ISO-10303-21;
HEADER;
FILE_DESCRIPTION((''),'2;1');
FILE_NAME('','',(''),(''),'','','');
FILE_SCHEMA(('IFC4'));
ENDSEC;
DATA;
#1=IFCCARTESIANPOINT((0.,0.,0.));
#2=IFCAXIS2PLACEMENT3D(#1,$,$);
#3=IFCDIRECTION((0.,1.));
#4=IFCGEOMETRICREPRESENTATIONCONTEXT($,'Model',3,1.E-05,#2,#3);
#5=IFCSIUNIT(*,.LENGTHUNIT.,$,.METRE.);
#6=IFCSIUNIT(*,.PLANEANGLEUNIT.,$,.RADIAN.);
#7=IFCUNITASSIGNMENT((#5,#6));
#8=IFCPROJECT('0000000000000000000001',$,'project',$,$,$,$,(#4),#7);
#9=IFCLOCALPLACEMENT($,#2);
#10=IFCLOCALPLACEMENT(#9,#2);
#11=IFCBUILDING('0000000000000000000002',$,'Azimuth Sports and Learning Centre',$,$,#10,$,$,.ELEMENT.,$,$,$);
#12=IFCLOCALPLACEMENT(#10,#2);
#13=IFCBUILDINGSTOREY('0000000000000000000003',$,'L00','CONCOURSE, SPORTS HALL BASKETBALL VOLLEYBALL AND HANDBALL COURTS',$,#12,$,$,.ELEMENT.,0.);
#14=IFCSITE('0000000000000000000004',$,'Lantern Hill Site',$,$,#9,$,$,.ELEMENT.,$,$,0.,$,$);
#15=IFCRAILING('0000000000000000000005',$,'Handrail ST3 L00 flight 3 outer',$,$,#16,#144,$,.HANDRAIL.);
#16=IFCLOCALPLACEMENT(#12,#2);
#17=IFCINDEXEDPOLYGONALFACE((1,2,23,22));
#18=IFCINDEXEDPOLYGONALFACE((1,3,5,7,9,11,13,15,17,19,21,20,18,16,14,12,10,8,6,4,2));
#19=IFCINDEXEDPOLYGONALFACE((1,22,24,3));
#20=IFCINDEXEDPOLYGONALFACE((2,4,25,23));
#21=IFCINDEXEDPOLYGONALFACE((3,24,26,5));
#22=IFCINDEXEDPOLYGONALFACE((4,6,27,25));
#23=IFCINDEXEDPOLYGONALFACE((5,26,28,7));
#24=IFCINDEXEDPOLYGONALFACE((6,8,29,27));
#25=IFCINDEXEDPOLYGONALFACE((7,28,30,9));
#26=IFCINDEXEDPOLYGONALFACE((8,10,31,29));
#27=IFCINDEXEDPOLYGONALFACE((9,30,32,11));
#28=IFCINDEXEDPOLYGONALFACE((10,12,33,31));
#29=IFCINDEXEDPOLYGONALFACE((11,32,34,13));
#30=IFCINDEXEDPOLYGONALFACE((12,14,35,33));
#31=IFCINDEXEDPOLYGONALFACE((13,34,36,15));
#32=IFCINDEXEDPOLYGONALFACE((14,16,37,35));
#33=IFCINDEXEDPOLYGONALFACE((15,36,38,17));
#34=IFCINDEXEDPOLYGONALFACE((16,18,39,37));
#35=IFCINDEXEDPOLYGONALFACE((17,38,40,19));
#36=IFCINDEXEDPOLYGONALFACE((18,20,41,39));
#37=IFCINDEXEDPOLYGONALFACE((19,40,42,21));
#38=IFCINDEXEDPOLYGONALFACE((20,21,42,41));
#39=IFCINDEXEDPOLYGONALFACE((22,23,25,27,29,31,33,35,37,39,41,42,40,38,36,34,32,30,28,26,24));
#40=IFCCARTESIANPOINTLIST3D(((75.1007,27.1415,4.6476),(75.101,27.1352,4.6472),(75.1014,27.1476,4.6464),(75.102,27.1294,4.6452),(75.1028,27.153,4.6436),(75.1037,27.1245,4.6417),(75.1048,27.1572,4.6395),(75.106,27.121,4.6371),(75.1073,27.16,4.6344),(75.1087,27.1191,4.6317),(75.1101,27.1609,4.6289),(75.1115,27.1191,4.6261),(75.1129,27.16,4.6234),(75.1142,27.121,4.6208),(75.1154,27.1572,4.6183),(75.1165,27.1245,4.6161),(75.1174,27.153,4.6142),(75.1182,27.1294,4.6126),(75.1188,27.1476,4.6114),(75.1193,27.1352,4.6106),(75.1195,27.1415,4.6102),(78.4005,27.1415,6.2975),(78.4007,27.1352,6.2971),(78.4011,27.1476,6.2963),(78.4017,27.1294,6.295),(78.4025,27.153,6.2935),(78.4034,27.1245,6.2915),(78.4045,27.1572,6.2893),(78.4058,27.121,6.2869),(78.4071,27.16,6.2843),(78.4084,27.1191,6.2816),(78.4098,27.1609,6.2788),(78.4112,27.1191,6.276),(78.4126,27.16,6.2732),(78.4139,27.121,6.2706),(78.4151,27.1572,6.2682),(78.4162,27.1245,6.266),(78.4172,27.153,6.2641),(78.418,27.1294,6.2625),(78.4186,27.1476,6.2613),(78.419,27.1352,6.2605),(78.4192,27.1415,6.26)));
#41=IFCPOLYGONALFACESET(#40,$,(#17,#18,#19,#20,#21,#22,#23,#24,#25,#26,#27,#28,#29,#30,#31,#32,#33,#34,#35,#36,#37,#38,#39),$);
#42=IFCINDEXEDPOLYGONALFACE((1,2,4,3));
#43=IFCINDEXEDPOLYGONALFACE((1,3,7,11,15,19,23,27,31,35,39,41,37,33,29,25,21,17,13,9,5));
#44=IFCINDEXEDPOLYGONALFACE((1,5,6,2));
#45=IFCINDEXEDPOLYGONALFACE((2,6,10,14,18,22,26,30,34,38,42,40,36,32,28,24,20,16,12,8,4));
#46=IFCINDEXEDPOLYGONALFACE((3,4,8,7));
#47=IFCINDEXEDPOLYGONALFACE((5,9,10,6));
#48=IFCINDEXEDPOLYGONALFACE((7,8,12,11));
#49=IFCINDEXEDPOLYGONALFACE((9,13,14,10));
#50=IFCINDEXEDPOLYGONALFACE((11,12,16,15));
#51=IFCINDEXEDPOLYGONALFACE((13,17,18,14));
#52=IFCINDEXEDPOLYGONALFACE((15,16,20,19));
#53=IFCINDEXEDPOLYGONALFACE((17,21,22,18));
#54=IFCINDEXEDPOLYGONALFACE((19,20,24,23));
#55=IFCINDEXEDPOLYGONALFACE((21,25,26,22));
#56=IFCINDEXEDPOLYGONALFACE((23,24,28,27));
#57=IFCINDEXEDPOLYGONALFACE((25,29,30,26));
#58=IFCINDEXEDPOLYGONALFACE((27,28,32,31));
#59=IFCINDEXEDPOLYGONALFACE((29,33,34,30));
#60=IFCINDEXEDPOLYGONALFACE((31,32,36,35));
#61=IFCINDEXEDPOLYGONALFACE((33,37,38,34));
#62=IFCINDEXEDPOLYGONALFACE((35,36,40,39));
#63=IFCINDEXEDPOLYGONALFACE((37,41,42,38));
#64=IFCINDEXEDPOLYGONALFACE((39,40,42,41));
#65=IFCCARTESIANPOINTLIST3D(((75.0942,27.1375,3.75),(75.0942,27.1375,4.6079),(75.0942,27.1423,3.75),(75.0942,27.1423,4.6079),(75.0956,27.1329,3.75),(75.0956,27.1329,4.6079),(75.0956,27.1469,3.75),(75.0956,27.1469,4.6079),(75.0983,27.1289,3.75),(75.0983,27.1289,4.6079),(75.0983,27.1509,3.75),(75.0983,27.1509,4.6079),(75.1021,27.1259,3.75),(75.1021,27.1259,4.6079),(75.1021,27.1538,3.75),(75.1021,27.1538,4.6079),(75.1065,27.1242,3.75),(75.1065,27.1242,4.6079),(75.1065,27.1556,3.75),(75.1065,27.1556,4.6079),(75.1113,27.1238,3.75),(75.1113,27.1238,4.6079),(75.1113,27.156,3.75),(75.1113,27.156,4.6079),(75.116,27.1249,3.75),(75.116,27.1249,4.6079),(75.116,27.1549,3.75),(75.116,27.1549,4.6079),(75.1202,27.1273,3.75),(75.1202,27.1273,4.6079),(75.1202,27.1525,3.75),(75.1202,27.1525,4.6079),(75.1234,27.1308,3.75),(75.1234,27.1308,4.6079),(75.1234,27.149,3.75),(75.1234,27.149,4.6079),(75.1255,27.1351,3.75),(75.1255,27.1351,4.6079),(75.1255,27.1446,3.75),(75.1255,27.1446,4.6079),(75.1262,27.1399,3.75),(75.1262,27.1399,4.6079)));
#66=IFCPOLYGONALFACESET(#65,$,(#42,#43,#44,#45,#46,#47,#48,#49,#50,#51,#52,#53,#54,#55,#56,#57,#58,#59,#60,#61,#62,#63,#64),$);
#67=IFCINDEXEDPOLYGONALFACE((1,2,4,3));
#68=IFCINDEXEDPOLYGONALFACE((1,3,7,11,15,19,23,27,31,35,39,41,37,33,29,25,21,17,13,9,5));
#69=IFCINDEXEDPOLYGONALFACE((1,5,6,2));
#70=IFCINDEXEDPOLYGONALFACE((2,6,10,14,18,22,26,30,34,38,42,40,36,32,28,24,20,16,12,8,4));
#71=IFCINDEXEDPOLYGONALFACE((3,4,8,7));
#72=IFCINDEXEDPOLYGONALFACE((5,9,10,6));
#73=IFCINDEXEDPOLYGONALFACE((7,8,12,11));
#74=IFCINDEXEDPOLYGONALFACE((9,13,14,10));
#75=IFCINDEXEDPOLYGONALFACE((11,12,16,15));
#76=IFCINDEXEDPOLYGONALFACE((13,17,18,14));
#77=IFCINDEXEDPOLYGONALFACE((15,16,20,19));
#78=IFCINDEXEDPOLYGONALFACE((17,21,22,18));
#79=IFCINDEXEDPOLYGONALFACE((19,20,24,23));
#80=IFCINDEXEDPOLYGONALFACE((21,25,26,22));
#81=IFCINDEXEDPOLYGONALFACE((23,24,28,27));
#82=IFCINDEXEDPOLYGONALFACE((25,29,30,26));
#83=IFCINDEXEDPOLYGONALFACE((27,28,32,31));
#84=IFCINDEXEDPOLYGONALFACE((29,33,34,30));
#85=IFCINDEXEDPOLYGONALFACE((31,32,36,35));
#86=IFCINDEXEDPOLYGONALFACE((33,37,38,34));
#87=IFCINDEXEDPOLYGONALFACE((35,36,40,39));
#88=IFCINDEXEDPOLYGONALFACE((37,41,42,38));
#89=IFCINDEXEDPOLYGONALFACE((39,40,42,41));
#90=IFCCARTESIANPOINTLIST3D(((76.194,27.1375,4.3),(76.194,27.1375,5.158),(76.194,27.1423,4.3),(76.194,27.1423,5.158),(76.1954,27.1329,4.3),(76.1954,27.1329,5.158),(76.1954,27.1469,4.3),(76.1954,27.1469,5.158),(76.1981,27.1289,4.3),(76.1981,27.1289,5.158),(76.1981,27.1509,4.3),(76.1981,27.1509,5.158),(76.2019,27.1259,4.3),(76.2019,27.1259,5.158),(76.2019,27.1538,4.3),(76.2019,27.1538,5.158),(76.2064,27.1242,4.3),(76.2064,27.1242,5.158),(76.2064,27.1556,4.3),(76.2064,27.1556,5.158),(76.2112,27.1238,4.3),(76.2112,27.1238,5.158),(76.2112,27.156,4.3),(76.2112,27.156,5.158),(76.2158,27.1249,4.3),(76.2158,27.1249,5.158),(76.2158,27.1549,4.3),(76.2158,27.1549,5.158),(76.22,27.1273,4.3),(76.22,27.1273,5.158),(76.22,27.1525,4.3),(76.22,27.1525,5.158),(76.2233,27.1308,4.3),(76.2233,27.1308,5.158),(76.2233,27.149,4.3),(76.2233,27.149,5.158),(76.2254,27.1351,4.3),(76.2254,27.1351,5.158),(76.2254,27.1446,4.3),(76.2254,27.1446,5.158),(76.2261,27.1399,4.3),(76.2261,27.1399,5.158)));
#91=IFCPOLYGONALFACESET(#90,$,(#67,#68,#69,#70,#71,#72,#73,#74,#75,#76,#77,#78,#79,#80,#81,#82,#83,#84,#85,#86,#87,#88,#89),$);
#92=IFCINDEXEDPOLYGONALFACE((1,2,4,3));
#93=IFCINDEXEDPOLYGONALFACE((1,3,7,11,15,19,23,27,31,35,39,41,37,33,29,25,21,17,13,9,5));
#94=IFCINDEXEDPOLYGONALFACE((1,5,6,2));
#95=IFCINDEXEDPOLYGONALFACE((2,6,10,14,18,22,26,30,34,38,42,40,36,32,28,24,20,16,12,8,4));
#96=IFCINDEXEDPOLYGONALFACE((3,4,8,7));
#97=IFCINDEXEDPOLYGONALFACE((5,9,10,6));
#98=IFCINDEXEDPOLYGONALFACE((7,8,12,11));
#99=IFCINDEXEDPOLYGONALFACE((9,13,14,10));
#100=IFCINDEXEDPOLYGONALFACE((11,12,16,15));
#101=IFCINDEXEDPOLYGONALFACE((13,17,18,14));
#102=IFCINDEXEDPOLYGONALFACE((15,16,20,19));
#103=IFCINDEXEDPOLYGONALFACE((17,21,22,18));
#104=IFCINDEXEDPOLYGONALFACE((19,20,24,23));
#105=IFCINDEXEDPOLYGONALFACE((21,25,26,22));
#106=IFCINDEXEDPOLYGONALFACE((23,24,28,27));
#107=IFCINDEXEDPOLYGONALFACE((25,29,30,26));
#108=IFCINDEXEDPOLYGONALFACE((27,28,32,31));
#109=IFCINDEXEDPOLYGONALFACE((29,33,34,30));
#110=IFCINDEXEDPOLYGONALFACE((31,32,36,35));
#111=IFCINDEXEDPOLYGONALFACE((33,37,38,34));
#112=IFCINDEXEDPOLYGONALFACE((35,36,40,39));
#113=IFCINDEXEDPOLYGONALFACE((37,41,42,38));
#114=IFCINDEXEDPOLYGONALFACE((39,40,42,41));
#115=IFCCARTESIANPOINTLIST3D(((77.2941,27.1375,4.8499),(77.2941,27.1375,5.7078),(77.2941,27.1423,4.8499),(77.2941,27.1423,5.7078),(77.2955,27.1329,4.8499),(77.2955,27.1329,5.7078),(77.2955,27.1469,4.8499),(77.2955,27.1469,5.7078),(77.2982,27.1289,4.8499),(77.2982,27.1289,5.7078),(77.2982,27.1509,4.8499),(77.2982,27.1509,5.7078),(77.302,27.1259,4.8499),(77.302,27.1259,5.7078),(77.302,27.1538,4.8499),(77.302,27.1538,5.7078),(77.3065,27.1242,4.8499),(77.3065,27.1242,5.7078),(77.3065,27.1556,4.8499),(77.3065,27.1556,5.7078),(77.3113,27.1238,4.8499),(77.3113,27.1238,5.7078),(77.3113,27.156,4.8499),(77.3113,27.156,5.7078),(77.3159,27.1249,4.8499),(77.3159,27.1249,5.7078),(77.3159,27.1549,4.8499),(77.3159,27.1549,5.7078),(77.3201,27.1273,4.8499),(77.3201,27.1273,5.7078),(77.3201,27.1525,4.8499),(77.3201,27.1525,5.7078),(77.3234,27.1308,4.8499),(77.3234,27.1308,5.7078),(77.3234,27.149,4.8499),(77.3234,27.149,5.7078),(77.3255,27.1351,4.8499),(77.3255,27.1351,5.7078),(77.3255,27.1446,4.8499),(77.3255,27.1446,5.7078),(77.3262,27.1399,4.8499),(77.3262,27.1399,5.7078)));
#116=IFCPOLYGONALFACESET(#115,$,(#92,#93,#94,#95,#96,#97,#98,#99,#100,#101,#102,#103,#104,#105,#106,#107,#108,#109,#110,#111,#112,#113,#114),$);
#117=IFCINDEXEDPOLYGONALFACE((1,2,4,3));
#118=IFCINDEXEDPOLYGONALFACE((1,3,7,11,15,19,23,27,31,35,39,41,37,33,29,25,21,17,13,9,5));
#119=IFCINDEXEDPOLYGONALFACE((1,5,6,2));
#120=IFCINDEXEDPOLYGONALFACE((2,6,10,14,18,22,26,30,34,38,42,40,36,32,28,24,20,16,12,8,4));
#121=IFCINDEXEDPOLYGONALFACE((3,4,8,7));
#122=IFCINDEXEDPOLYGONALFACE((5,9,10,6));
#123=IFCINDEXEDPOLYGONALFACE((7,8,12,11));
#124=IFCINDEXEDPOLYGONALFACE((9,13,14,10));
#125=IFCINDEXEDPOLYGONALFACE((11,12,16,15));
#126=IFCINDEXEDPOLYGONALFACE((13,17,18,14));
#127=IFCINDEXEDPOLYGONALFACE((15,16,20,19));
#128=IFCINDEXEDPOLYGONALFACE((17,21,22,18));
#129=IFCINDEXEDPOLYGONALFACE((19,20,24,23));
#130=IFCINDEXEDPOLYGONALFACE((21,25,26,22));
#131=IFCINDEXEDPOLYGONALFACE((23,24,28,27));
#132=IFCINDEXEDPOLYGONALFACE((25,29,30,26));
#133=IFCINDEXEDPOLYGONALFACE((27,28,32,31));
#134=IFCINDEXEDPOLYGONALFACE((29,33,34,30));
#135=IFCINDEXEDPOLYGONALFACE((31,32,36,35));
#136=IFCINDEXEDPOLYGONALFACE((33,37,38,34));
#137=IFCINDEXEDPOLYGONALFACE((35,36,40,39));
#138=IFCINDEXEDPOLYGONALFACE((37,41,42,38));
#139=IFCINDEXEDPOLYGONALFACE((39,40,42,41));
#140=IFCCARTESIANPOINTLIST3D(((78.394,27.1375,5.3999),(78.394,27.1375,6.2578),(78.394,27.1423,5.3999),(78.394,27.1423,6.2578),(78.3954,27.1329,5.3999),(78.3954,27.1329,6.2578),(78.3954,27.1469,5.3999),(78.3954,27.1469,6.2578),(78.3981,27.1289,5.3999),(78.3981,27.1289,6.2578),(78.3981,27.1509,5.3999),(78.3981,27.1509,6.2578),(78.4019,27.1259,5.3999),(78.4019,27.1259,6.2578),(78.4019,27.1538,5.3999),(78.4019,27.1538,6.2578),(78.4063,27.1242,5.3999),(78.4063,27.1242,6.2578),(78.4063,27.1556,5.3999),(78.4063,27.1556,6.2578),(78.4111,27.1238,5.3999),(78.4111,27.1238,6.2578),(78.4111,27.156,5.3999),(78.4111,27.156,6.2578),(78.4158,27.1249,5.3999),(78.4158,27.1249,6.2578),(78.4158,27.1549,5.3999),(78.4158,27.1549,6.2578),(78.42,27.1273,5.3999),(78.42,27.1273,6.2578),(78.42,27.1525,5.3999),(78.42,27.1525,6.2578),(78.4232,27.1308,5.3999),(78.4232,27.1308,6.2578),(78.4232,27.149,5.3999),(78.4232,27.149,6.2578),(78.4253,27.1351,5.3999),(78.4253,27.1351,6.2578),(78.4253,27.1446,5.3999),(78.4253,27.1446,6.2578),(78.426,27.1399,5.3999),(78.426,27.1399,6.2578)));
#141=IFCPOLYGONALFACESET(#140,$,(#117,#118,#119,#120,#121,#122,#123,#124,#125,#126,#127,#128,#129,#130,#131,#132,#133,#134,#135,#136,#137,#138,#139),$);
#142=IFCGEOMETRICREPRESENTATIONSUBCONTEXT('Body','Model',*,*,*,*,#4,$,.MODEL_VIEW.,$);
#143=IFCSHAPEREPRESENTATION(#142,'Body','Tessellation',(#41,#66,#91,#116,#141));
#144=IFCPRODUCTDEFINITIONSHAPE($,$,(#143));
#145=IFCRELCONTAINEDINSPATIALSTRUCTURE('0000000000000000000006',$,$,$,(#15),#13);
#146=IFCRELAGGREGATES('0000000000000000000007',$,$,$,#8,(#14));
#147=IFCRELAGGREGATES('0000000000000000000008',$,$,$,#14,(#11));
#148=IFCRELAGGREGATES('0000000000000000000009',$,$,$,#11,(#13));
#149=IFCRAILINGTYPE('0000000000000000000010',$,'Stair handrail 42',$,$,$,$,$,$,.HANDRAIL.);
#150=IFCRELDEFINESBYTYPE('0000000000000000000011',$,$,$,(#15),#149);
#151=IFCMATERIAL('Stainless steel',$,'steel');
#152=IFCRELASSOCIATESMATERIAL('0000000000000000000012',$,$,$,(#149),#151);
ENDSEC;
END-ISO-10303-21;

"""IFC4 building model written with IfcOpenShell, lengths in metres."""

from ifc_helpers import new_model, si_unit, direction, frame, origin, origin_2d, place, context, subcontext, project, spatial, circle, extrude, material, type_object, element, save


model = new_model("IFC4")

# Units and contexts
model_context = context("Model", 3, precision=1e-05, world=origin(), true_north=direction((0.0, 1.0)))
body_context = subcontext(model_context, "Body", "Model", "MODEL_VIEW")
ifc_project = project(units=[si_unit("LENGTHUNIT", "METRE"), si_unit("PLANEANGLEUNIT", "RADIAN")], contexts=[model_context])

# Site, building, storey
site_placement = place(None, origin())
site = spatial("IfcSite", under=ifc_project, at=site_placement, Name="Lantern Hill Site", CompositionType="ELEMENT", RefElevation=0.0)
building_placement = place(site_placement, origin())
building = spatial("IfcBuilding", under=site, at=building_placement, Name="Azimuth Sports and Learning Centre", CompositionType="ELEMENT")
storey_placement = place(building_placement, origin())
storey = spatial("IfcBuildingStorey", under=building, at=storey_placement, Name="L00", Description="CONCOURSE, SPORTS HALL BASKETBALL VOLLEYBALL AND HANDBALL COURTS", CompositionType="ELEMENT", Elevation=0.0)

# Railing
ifc_material_1 = material(Name="Stainless steel", Category="steel")
railing_type = type_object("IfcRailingType", Name="Stair handrail 42", PredefinedType="HANDRAIL", material=ifc_material_1)
for number, where, name in (
    (1, (75.1101, 27.1399, 3.75), "Handrail ST3 L00 flight 3 outer"),
):
    element("IfcRailing", number, at=place(storey_placement, frame(where)), inside=storey, type_object=railing_type, Name=name, PredefinedType="HANDRAIL", context=body_context, shape_type="SweptSolid", body=[
        extrude(circle(Radius=0.021, at=origin_2d()), frame((0.0, 0.0, 0.8789), z_axis=(0.894427, 0.0, 0.447214), x_axis=(0.0, 1.0, 0.0)), (0.0, 0.0, 1.0), 3.6892),
        extrude(circle(Radius=0.0161, at=origin_2d()), origin(), (0.0, 0.0, 1.0), 0.8579),
        extrude(circle(Radius=0.0161, at=origin_2d()), frame((1.0999, 0.0, 0.55)), (0.0, 0.0, 1.0), 0.8579),
        extrude(circle(Radius=0.0161, at=origin_2d()), frame((2.2, 0.0, 1.0999)), (0.0, 0.0, 1.0), 0.8579),
        extrude(circle(Radius=0.0161, at=origin_2d()), frame((3.2998, 0.0, 1.6499)), (0.0, 0.0, 1.0), 0.8579),
    ])

save(model, "model.ifc")
